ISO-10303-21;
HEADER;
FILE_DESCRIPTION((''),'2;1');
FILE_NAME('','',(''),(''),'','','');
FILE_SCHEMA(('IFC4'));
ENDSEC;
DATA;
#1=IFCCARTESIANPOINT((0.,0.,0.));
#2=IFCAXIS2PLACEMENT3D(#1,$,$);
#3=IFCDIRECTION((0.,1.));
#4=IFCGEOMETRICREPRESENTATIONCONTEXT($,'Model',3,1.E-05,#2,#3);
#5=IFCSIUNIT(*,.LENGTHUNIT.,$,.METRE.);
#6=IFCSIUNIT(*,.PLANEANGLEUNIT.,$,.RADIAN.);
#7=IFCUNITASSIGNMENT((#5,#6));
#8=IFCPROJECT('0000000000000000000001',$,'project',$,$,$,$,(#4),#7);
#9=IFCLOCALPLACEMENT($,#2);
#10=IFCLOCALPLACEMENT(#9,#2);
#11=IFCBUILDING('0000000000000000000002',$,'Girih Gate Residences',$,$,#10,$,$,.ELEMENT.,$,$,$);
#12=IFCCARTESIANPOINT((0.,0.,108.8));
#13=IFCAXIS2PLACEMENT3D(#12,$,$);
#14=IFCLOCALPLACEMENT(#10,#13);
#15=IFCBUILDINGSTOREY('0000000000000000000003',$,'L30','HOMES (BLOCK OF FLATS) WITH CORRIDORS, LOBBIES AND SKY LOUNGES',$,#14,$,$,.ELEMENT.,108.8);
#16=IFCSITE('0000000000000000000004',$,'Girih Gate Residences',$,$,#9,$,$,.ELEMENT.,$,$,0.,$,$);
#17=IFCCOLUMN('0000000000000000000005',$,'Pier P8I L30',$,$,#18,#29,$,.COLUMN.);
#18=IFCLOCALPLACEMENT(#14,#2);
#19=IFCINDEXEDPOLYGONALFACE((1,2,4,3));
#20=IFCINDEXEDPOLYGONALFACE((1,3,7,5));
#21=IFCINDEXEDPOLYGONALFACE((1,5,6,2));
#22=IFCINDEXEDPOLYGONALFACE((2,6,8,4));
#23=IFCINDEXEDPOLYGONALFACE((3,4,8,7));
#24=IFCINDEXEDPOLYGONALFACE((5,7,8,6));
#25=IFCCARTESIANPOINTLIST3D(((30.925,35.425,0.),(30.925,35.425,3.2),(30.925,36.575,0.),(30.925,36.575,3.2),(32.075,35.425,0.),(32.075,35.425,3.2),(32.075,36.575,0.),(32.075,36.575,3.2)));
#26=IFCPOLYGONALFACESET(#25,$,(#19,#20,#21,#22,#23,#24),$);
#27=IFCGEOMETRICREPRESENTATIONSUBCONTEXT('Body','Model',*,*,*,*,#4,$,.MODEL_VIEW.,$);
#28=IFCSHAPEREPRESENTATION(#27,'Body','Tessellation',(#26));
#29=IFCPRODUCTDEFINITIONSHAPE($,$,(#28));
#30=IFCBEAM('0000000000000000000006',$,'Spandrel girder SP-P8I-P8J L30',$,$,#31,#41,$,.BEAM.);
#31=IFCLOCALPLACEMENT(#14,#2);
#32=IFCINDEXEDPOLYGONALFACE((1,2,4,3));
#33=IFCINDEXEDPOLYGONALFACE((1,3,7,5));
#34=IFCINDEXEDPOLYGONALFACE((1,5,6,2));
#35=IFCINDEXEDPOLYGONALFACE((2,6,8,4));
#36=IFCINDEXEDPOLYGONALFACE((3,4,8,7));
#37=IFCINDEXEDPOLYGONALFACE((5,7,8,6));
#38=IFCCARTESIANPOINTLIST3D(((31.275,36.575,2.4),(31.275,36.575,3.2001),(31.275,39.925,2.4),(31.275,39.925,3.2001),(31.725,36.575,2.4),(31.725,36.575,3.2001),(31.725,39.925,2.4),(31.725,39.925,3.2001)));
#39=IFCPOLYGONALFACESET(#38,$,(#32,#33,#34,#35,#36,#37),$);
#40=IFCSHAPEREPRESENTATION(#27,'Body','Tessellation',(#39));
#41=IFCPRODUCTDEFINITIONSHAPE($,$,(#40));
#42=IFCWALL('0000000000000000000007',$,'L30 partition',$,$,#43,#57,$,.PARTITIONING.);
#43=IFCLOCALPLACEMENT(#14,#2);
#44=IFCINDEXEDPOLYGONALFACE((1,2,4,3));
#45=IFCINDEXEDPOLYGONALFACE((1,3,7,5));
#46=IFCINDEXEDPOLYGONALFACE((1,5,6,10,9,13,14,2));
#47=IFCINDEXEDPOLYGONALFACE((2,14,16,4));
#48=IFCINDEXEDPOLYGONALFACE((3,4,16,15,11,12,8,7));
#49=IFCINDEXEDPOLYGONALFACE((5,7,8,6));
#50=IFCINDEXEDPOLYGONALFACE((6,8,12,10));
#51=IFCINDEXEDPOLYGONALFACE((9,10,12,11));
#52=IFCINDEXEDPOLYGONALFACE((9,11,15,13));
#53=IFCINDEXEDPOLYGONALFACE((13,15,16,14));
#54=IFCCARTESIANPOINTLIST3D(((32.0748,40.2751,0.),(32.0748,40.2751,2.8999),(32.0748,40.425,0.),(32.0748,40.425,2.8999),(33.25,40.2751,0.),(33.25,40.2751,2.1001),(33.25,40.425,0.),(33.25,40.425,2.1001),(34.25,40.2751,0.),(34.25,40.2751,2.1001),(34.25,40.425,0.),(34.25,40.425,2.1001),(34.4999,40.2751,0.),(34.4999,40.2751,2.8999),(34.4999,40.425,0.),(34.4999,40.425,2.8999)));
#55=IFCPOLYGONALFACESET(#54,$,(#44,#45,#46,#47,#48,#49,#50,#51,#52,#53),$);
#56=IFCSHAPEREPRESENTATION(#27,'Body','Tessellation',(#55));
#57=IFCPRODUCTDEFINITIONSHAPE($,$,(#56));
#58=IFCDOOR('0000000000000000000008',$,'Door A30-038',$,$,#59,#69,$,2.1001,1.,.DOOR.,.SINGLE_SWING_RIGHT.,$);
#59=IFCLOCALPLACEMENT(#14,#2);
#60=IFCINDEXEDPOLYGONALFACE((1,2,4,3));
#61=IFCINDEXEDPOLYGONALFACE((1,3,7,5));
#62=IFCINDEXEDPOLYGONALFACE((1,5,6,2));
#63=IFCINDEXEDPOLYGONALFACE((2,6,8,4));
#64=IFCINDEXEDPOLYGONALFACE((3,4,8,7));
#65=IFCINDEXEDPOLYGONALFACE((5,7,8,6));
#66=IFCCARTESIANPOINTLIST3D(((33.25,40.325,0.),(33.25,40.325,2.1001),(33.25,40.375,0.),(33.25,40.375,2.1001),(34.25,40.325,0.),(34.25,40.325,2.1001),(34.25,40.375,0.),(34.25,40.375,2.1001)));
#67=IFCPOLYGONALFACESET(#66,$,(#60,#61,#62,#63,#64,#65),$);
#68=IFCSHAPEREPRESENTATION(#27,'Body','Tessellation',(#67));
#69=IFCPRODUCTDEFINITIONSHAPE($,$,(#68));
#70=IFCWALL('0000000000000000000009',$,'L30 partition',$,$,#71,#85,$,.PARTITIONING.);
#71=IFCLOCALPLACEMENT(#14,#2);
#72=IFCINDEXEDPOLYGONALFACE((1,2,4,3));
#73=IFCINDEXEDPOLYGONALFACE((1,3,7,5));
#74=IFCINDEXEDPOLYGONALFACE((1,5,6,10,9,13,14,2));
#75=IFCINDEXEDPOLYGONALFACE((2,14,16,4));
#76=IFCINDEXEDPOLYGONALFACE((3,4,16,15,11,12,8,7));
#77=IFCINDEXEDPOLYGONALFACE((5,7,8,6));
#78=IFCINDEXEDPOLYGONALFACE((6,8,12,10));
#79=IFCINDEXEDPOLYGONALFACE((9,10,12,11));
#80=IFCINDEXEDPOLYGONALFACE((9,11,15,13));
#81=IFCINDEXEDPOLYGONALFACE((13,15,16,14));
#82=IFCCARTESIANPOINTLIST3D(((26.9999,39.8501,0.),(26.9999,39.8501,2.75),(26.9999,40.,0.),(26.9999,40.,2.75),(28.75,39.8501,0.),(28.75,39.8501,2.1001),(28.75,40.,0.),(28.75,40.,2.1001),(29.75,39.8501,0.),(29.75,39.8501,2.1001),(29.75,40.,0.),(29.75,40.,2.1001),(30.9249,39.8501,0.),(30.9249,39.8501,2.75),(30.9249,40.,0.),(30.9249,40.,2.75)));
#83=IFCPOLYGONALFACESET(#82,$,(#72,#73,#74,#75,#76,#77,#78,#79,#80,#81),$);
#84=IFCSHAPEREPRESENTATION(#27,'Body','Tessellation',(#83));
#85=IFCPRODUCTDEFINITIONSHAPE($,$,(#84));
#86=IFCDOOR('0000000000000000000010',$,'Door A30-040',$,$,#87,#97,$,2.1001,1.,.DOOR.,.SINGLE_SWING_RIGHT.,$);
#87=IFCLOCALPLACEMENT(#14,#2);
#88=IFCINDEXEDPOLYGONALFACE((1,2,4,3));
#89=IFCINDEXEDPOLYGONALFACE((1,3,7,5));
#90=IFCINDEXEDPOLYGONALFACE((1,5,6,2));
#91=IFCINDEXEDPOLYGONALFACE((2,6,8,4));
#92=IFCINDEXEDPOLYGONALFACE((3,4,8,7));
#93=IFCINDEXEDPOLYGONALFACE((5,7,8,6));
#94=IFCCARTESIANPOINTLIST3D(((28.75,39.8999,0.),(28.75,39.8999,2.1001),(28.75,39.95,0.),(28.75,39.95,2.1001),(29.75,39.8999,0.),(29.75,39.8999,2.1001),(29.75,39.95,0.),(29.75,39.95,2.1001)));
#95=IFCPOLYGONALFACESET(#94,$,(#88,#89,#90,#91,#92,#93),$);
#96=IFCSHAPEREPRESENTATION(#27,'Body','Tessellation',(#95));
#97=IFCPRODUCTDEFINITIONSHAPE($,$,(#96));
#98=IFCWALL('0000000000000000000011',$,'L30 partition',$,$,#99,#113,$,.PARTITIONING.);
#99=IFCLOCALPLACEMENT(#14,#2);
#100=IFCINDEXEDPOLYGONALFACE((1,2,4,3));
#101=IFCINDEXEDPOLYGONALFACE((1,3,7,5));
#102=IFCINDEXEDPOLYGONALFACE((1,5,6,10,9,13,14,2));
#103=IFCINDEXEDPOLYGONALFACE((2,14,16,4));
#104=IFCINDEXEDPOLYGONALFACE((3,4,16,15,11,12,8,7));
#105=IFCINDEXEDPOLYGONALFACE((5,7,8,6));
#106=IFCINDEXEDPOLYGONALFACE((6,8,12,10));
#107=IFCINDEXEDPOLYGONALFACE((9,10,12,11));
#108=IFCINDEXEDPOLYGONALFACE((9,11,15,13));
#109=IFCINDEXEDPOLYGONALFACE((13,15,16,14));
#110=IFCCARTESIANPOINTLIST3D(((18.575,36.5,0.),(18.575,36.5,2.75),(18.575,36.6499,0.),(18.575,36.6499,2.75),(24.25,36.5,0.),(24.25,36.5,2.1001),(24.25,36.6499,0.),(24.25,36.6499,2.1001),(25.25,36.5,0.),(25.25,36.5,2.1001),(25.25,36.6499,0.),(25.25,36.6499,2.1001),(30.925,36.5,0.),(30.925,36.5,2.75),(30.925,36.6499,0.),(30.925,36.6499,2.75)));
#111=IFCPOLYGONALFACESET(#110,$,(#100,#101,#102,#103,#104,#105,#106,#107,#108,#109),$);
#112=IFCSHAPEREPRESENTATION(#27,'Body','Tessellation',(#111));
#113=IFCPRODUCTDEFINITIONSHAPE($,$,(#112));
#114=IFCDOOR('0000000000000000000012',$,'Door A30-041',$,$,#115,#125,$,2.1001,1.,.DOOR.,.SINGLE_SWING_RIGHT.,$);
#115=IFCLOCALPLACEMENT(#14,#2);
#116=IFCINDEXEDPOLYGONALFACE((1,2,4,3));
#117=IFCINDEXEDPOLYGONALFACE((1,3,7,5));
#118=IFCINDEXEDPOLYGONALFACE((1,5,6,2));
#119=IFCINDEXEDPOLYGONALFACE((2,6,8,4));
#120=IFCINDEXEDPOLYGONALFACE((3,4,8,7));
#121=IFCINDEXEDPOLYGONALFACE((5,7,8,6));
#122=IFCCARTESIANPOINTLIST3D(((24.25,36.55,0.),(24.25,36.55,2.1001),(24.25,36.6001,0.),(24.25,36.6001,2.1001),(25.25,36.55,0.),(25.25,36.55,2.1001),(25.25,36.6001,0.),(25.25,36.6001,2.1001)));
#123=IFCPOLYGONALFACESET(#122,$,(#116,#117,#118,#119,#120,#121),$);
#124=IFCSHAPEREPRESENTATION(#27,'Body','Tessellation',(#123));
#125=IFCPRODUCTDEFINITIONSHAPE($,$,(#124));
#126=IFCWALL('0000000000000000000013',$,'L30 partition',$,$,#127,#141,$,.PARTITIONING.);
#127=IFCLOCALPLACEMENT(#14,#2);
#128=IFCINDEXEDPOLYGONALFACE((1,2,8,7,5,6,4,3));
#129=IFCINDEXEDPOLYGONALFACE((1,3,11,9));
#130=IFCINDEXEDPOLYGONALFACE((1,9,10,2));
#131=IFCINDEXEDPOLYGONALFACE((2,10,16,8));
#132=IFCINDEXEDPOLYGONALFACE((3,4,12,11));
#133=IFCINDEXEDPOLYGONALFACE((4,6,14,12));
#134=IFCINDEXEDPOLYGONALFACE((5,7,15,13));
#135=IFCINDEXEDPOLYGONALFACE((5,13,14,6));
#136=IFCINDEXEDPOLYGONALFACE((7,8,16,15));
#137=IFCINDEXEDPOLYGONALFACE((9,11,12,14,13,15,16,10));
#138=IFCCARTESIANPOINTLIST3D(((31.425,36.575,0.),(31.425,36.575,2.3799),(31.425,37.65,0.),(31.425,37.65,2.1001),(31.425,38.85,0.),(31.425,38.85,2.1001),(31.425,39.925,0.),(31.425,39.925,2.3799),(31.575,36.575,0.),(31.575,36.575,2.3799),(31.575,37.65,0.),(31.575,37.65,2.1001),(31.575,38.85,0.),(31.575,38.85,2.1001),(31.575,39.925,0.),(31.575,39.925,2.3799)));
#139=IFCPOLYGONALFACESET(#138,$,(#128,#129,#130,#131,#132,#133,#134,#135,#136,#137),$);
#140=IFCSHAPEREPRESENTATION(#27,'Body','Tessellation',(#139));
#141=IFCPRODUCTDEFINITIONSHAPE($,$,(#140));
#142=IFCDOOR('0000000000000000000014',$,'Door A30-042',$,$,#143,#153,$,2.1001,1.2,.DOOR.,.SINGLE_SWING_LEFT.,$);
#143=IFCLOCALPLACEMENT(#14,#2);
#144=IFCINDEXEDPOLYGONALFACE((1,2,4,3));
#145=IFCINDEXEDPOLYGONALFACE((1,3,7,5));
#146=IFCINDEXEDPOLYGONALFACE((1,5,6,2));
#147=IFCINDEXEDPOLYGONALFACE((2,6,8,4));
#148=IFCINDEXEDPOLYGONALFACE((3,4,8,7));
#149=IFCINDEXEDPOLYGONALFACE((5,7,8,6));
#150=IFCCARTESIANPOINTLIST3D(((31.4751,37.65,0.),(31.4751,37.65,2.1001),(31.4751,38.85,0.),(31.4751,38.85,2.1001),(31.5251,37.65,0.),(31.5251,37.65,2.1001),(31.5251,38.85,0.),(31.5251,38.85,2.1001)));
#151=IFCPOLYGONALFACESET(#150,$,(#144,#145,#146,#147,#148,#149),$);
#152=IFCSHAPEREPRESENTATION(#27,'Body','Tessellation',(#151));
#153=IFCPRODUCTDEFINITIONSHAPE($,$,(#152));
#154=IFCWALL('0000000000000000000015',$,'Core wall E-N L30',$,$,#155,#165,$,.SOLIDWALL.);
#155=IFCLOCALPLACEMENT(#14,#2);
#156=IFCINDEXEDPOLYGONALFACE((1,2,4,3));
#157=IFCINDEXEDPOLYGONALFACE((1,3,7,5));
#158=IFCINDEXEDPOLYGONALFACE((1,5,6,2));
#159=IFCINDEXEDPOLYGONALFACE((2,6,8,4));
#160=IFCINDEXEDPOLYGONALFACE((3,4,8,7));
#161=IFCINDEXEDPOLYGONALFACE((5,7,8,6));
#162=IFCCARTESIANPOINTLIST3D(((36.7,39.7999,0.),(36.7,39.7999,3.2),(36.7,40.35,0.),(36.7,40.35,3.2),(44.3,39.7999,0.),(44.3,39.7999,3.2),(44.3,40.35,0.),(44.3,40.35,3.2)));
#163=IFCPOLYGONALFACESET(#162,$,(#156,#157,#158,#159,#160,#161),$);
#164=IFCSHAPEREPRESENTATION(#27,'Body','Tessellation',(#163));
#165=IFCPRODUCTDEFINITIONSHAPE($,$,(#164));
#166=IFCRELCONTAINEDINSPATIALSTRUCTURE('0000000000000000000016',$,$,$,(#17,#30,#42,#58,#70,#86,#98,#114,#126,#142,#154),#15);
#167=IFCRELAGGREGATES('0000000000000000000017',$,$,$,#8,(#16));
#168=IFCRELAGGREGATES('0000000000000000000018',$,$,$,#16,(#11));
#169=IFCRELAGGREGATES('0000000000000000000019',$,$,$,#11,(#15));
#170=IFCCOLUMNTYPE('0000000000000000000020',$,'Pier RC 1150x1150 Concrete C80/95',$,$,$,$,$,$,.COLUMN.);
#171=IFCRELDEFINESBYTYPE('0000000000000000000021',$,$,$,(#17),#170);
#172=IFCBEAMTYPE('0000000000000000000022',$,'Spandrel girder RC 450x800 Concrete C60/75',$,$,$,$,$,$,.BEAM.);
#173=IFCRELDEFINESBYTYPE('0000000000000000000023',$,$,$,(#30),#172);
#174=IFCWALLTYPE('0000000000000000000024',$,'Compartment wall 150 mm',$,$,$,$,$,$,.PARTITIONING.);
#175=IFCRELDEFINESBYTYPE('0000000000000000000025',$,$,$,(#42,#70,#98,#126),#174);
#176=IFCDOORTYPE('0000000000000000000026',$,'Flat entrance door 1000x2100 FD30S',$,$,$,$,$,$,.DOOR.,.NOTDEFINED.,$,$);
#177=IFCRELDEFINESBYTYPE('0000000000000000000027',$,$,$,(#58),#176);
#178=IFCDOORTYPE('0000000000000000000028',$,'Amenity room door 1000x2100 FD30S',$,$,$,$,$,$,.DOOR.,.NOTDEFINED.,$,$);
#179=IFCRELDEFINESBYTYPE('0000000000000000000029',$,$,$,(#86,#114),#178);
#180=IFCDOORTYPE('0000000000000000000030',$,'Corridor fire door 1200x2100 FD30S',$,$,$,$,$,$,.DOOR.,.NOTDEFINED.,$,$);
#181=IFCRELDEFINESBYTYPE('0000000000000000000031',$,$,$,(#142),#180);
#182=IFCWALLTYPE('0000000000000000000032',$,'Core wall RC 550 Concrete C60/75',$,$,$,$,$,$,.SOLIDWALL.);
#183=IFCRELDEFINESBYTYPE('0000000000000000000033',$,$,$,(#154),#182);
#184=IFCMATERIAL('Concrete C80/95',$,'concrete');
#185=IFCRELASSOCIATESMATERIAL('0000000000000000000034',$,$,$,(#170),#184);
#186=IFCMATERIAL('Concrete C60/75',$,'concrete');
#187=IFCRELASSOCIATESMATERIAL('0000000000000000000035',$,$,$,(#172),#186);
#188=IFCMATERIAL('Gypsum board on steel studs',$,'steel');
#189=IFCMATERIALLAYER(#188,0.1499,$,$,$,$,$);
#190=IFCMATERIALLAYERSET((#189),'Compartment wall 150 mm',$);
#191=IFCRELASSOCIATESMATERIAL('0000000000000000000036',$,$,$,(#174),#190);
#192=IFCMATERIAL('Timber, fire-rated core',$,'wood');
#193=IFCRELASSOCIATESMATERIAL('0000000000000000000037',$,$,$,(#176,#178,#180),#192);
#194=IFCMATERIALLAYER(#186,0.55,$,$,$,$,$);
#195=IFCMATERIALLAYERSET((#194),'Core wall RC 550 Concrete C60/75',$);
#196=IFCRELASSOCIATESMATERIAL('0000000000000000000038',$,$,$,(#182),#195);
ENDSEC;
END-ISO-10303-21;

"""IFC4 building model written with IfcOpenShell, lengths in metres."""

from ifc_helpers import new_model, si_unit, direction, frame, frame_2d, origin, origin_2d, place, context, subcontext, project, spatial, rectangle, extrude, material, layer, layer_set, material_profile, profile_set, type_object, element, fill, save


model = new_model("IFC4")

# Units and contexts
model_context = context("Model", 3, precision=1e-05, world=origin(), true_north=direction((0.0, 1.0)))
body_context = subcontext(model_context, "Body", "Model", "MODEL_VIEW")
ifc_project = project(units=[si_unit("LENGTHUNIT", "METRE"), si_unit("PLANEANGLEUNIT", "RADIAN")], contexts=[model_context])

# Site, building, storey
site_placement = place(None, origin())
site = spatial("IfcSite", under=ifc_project, at=site_placement, Name="Girih Gate Residences", CompositionType="ELEMENT", RefElevation=0.0)
building_placement = place(site_placement, origin())
building = spatial("IfcBuilding", under=site, at=building_placement, Name="Girih Gate Residences", CompositionType="ELEMENT")
storey_placement = place(building_placement, frame((0.0, 0.0, 108.8)))
storey = spatial("IfcBuildingStorey", under=building, at=storey_placement, Name="L30", Description="HOMES (BLOCK OF FLATS) WITH CORRIDORS, LOBBIES AND SKY LOUNGES", CompositionType="ELEMENT", Elevation=108.8)

# Column
ifc_material_1 = material(Name="Concrete C80/95", Category="concrete")
ifc_material_profile_1 = material_profile(ifc_material_1, rectangle(XDim=1.1499, YDim=1.1499, at=origin_2d()))
ifc_profile_set_1 = profile_set([ifc_material_profile_1], Name="Concrete C80/95")
column_type = type_object("IfcColumnType", Name="Pier RC 1150x1150 Concrete C80/95", PredefinedType="COLUMN", material=ifc_profile_set_1)
column_placement = place(storey_placement, frame((31.5, 36.0, 0.0), z_axis=(0.0, 0.0, 1.0), x_axis=(1.0, 0.0, 0.0)))
element("IfcColumn", 1, at=column_placement, inside=storey, type_object=column_type, Name="Pier P8I L30", PredefinedType="COLUMN", context=body_context, shape_type="SweptSolid", body=[
    extrude(rectangle(XDim=1.1499, YDim=1.1499, at=origin_2d()), origin(), (0.0, 0.0, 1.0), 3.2),
])

# Beam
ifc_material_2 = material(Name="Concrete C60/75", Category="concrete")
ifc_material_profile_2 = material_profile(ifc_material_2, rectangle(XDim=0.45, YDim=0.8, at=origin_2d()))
ifc_profile_set_2 = profile_set([ifc_material_profile_2], Name="Concrete C60/75")
beam_type = type_object("IfcBeamType", Name="Spandrel girder RC 450x800 Concrete C60/75", PredefinedType="BEAM", material=ifc_profile_set_2)
beam_placement = place(storey_placement, frame((31.5, 36.575, 2.8), z_axis=(0.0, 1.0, 0.0), x_axis=(-1.0, 0.0, 0.0)))
element("IfcBeam", 2, at=beam_placement, inside=storey, type_object=beam_type, Name="Spandrel girder SP-P8I-P8J L30", PredefinedType="BEAM", context=body_context, shape_type="SweptSolid", body=[
    extrude(rectangle(XDim=0.45, YDim=0.8, at=origin_2d()), origin(), (0.0, 0.0, 1.0), 3.3501),
])

# Walls, openings, doors
ifc_material_3 = material(Name="Gypsum board on steel studs", Category="steel")
ifc_layer_1 = layer(ifc_material_3, 0.1499)
ifc_layer_set_1 = layer_set([ifc_layer_1], Name="Compartment wall 150 mm")
wall_type_1 = type_object("IfcWallType", Name="Compartment wall 150 mm", PredefinedType="PARTITIONING", material=ifc_layer_set_1)
wall_1_placement = place(storey_placement, frame((32.075, 40.3501, 0.0), z_axis=(0.0, 0.0, 1.0), x_axis=(1.0, 0.0, 0.0)))
wall_1 = element("IfcWall", 3, at=wall_1_placement, inside=storey, type_object=wall_type_1, Name="L30 partition", PredefinedType="PARTITIONING", context=body_context, shape_type="SweptSolid", body=[
    extrude(rectangle(XDim=2.425, YDim=0.1499, at=frame_2d((1.2124, 0.0))), origin(), (0.0, 0.0, 1.0), 2.8999),
])
opening_1_placement = place(wall_1_placement, frame((1.175, 0.0, 0.0)))
opening_1 = element("IfcOpeningElement", 4, at=opening_1_placement, cuts=wall_1, PredefinedType="OPENING", context=body_context, shape_type="SweptSolid", body=[
    extrude(rectangle(XDim=1.0, YDim=2.1001, at=frame_2d((0.5, 1.05))), frame((0.0, 0.085, 0.0), z_axis=(0.0, -1.0, 0.0), x_axis=(1.0, 0.0, 0.0)), (0.0, 0.0, 1.0), 0.1699),
])
ifc_material_4 = material(Name="Timber, fire-rated core", Category="wood")
door_type_1 = type_object("IfcDoorType", Name="Flat entrance door 1000x2100 FD30S", OperationType="NOTDEFINED", PredefinedType="DOOR", material=ifc_material_4)
door_1_placement = place(opening_1_placement, origin())
door_1 = element("IfcDoor", 5, at=door_1_placement, inside=storey, type_object=door_type_1, Name="Door A30-038", OperationType="SINGLE_SWING_RIGHT", OverallHeight=2.1001, OverallWidth=1.0, PredefinedType="DOOR", context=body_context, shape_type="SweptSolid", body=[
    extrude(rectangle(XDim=1.0, YDim=2.1001, at=frame_2d((0.5, 1.05))), frame((0.0, 0.0249, 0.0), z_axis=(0.0, -1.0, 0.0), x_axis=(1.0, 0.0, 0.0)), (0.0, 0.0, 1.0), 0.05),
])
fill(opening_1, door_1)
wall_2_placement = place(storey_placement, frame((27.0, 39.925, 0.0), z_axis=(0.0, 0.0, 1.0), x_axis=(1.0, 0.0, 0.0)))
wall_2 = element("IfcWall", 6, at=wall_2_placement, inside=storey, type_object=wall_type_1, Name="L30 partition", PredefinedType="PARTITIONING", context=body_context, shape_type="SweptSolid", body=[
    extrude(rectangle(XDim=3.925, YDim=0.1499, at=frame_2d((1.9624, 0.0))), origin(), (0.0, 0.0, 1.0), 2.75),
])
opening_2_placement = place(wall_2_placement, frame((1.75, 0.0, 0.0)))
opening_2 = element("IfcOpeningElement", 7, at=opening_2_placement, cuts=wall_2, PredefinedType="OPENING", context=body_context, shape_type="SweptSolid", body=[
    extrude(rectangle(XDim=1.0, YDim=2.1001, at=frame_2d((0.5, 1.05))), frame((0.0, 0.085, 0.0), z_axis=(0.0, -1.0, 0.0), x_axis=(1.0, 0.0, 0.0)), (0.0, 0.0, 1.0), 0.1699),
])
door_type_2 = type_object("IfcDoorType", Name="Amenity room door 1000x2100 FD30S", OperationType="NOTDEFINED", PredefinedType="DOOR", material=ifc_material_4)
door_2_placement = place(opening_2_placement, origin())
door_2 = element("IfcDoor", 8, at=door_2_placement, inside=storey, type_object=door_type_2, Name="Door A30-040", OperationType="SINGLE_SWING_RIGHT", OverallHeight=2.1001, OverallWidth=1.0, PredefinedType="DOOR", context=body_context, shape_type="SweptSolid", body=[
    extrude(rectangle(XDim=1.0, YDim=2.1001, at=frame_2d((0.5, 1.05))), frame((0.0, 0.0249, 0.0), z_axis=(0.0, -1.0, 0.0), x_axis=(1.0, 0.0, 0.0)), (0.0, 0.0, 1.0), 0.05),
])
fill(opening_2, door_2)
wall_3_placement = place(storey_placement, frame((30.925, 36.575, 0.0), z_axis=(0.0, 0.0, 1.0), x_axis=(-1.0, 0.0, 0.0)))
wall_3 = element("IfcWall", 9, at=wall_3_placement, inside=storey, type_object=wall_type_1, Name="L30 partition", PredefinedType="PARTITIONING", context=body_context, shape_type="SweptSolid", body=[
    extrude(rectangle(XDim=12.3501, YDim=0.1499, at=frame_2d((6.175, 0.0))), origin(), (0.0, 0.0, 1.0), 2.75),
])
opening_3_placement = place(wall_3_placement, frame((5.675, 0.0, 0.0)))
opening_3 = element("IfcOpeningElement", 10, at=opening_3_placement, cuts=wall_3, PredefinedType="OPENING", context=body_context, shape_type="SweptSolid", body=[
    extrude(rectangle(XDim=1.0, YDim=2.1001, at=frame_2d((0.5, 1.05))), frame((0.0, 0.085, 0.0), z_axis=(0.0, -1.0, 0.0), x_axis=(1.0, 0.0, 0.0)), (0.0, 0.0, 1.0), 0.1699),
])
door_3_placement = place(opening_3_placement, origin())
door_3 = element("IfcDoor", 11, at=door_3_placement, inside=storey, type_object=door_type_2, Name="Door A30-041", OperationType="SINGLE_SWING_RIGHT", OverallHeight=2.1001, OverallWidth=1.0, PredefinedType="DOOR", context=body_context, shape_type="SweptSolid", body=[
    extrude(rectangle(XDim=1.0, YDim=2.1001, at=frame_2d((0.5, 1.05))), frame((0.0, 0.0249, 0.0), z_axis=(0.0, -1.0, 0.0), x_axis=(1.0, 0.0, 0.0)), (0.0, 0.0, 1.0), 0.05),
])
fill(opening_3, door_3)
wall_4_placement = place(storey_placement, frame((31.5, 36.575, 0.0), z_axis=(0.0, 0.0, 1.0), x_axis=(0.0, 1.0, 0.0)))
wall_4 = element("IfcWall", 12, at=wall_4_placement, inside=storey, type_object=wall_type_1, Name="L30 partition", PredefinedType="PARTITIONING", context=body_context, shape_type="SweptSolid", body=[
    extrude(rectangle(XDim=3.3501, YDim=0.1499, at=frame_2d((1.675, 0.0))), origin(), (0.0, 0.0, 1.0), 2.3799),
])
opening_4_placement = place(wall_4_placement, frame((1.075, 0.0, 0.0)))
opening_4 = element("IfcOpeningElement", 13, at=opening_4_placement, cuts=wall_4, PredefinedType="OPENING", context=body_context, shape_type="SweptSolid", body=[
    extrude(rectangle(XDim=1.2, YDim=2.1001, at=frame_2d((0.6001, 1.05))), frame((0.0, 0.085, 0.0), z_axis=(0.0, -1.0, 0.0), x_axis=(1.0, 0.0, 0.0)), (0.0, 0.0, 1.0), 0.1699),
])
door_type_3 = type_object("IfcDoorType", Name="Corridor fire door 1200x2100 FD30S", OperationType="NOTDEFINED", PredefinedType="DOOR", material=ifc_material_4)
door_4_placement = place(opening_4_placement, origin())
door_4 = element("IfcDoor", 14, at=door_4_placement, inside=storey, type_object=door_type_3, Name="Door A30-042", OperationType="SINGLE_SWING_LEFT", OverallHeight=2.1001, OverallWidth=1.2, PredefinedType="DOOR", context=body_context, shape_type="SweptSolid", body=[
    extrude(rectangle(XDim=1.2, YDim=2.1001, at=frame_2d((0.6001, 1.05))), frame((0.0, 0.0249, 0.0), z_axis=(0.0, -1.0, 0.0), x_axis=(1.0, 0.0, 0.0)), (0.0, 0.0, 1.0), 0.05),
])
fill(opening_4, door_4)

# Wall
ifc_layer_2 = layer(ifc_material_2, 0.55)
ifc_layer_set_2 = layer_set([ifc_layer_2], Name="Core wall RC 550 Concrete C60/75")
wall_type_2 = type_object("IfcWallType", Name="Core wall RC 550 Concrete C60/75", PredefinedType="SOLIDWALL", material=ifc_layer_set_2)
wall_5_placement = place(storey_placement, frame((36.7, 40.075, 0.0), z_axis=(0.0, 0.0, 1.0), x_axis=(1.0, 0.0, 0.0)))
element("IfcWall", 15, at=wall_5_placement, inside=storey, type_object=wall_type_2, Name="Core wall E-N L30", PredefinedType="SOLIDWALL", context=body_context, shape_type="SweptSolid", body=[
    extrude(rectangle(XDim=7.6001, YDim=0.55, at=frame_2d((3.8, 0.0))), origin(), (0.0, 0.0, 1.0), 3.2),
])

save(model, "model.ifc")
